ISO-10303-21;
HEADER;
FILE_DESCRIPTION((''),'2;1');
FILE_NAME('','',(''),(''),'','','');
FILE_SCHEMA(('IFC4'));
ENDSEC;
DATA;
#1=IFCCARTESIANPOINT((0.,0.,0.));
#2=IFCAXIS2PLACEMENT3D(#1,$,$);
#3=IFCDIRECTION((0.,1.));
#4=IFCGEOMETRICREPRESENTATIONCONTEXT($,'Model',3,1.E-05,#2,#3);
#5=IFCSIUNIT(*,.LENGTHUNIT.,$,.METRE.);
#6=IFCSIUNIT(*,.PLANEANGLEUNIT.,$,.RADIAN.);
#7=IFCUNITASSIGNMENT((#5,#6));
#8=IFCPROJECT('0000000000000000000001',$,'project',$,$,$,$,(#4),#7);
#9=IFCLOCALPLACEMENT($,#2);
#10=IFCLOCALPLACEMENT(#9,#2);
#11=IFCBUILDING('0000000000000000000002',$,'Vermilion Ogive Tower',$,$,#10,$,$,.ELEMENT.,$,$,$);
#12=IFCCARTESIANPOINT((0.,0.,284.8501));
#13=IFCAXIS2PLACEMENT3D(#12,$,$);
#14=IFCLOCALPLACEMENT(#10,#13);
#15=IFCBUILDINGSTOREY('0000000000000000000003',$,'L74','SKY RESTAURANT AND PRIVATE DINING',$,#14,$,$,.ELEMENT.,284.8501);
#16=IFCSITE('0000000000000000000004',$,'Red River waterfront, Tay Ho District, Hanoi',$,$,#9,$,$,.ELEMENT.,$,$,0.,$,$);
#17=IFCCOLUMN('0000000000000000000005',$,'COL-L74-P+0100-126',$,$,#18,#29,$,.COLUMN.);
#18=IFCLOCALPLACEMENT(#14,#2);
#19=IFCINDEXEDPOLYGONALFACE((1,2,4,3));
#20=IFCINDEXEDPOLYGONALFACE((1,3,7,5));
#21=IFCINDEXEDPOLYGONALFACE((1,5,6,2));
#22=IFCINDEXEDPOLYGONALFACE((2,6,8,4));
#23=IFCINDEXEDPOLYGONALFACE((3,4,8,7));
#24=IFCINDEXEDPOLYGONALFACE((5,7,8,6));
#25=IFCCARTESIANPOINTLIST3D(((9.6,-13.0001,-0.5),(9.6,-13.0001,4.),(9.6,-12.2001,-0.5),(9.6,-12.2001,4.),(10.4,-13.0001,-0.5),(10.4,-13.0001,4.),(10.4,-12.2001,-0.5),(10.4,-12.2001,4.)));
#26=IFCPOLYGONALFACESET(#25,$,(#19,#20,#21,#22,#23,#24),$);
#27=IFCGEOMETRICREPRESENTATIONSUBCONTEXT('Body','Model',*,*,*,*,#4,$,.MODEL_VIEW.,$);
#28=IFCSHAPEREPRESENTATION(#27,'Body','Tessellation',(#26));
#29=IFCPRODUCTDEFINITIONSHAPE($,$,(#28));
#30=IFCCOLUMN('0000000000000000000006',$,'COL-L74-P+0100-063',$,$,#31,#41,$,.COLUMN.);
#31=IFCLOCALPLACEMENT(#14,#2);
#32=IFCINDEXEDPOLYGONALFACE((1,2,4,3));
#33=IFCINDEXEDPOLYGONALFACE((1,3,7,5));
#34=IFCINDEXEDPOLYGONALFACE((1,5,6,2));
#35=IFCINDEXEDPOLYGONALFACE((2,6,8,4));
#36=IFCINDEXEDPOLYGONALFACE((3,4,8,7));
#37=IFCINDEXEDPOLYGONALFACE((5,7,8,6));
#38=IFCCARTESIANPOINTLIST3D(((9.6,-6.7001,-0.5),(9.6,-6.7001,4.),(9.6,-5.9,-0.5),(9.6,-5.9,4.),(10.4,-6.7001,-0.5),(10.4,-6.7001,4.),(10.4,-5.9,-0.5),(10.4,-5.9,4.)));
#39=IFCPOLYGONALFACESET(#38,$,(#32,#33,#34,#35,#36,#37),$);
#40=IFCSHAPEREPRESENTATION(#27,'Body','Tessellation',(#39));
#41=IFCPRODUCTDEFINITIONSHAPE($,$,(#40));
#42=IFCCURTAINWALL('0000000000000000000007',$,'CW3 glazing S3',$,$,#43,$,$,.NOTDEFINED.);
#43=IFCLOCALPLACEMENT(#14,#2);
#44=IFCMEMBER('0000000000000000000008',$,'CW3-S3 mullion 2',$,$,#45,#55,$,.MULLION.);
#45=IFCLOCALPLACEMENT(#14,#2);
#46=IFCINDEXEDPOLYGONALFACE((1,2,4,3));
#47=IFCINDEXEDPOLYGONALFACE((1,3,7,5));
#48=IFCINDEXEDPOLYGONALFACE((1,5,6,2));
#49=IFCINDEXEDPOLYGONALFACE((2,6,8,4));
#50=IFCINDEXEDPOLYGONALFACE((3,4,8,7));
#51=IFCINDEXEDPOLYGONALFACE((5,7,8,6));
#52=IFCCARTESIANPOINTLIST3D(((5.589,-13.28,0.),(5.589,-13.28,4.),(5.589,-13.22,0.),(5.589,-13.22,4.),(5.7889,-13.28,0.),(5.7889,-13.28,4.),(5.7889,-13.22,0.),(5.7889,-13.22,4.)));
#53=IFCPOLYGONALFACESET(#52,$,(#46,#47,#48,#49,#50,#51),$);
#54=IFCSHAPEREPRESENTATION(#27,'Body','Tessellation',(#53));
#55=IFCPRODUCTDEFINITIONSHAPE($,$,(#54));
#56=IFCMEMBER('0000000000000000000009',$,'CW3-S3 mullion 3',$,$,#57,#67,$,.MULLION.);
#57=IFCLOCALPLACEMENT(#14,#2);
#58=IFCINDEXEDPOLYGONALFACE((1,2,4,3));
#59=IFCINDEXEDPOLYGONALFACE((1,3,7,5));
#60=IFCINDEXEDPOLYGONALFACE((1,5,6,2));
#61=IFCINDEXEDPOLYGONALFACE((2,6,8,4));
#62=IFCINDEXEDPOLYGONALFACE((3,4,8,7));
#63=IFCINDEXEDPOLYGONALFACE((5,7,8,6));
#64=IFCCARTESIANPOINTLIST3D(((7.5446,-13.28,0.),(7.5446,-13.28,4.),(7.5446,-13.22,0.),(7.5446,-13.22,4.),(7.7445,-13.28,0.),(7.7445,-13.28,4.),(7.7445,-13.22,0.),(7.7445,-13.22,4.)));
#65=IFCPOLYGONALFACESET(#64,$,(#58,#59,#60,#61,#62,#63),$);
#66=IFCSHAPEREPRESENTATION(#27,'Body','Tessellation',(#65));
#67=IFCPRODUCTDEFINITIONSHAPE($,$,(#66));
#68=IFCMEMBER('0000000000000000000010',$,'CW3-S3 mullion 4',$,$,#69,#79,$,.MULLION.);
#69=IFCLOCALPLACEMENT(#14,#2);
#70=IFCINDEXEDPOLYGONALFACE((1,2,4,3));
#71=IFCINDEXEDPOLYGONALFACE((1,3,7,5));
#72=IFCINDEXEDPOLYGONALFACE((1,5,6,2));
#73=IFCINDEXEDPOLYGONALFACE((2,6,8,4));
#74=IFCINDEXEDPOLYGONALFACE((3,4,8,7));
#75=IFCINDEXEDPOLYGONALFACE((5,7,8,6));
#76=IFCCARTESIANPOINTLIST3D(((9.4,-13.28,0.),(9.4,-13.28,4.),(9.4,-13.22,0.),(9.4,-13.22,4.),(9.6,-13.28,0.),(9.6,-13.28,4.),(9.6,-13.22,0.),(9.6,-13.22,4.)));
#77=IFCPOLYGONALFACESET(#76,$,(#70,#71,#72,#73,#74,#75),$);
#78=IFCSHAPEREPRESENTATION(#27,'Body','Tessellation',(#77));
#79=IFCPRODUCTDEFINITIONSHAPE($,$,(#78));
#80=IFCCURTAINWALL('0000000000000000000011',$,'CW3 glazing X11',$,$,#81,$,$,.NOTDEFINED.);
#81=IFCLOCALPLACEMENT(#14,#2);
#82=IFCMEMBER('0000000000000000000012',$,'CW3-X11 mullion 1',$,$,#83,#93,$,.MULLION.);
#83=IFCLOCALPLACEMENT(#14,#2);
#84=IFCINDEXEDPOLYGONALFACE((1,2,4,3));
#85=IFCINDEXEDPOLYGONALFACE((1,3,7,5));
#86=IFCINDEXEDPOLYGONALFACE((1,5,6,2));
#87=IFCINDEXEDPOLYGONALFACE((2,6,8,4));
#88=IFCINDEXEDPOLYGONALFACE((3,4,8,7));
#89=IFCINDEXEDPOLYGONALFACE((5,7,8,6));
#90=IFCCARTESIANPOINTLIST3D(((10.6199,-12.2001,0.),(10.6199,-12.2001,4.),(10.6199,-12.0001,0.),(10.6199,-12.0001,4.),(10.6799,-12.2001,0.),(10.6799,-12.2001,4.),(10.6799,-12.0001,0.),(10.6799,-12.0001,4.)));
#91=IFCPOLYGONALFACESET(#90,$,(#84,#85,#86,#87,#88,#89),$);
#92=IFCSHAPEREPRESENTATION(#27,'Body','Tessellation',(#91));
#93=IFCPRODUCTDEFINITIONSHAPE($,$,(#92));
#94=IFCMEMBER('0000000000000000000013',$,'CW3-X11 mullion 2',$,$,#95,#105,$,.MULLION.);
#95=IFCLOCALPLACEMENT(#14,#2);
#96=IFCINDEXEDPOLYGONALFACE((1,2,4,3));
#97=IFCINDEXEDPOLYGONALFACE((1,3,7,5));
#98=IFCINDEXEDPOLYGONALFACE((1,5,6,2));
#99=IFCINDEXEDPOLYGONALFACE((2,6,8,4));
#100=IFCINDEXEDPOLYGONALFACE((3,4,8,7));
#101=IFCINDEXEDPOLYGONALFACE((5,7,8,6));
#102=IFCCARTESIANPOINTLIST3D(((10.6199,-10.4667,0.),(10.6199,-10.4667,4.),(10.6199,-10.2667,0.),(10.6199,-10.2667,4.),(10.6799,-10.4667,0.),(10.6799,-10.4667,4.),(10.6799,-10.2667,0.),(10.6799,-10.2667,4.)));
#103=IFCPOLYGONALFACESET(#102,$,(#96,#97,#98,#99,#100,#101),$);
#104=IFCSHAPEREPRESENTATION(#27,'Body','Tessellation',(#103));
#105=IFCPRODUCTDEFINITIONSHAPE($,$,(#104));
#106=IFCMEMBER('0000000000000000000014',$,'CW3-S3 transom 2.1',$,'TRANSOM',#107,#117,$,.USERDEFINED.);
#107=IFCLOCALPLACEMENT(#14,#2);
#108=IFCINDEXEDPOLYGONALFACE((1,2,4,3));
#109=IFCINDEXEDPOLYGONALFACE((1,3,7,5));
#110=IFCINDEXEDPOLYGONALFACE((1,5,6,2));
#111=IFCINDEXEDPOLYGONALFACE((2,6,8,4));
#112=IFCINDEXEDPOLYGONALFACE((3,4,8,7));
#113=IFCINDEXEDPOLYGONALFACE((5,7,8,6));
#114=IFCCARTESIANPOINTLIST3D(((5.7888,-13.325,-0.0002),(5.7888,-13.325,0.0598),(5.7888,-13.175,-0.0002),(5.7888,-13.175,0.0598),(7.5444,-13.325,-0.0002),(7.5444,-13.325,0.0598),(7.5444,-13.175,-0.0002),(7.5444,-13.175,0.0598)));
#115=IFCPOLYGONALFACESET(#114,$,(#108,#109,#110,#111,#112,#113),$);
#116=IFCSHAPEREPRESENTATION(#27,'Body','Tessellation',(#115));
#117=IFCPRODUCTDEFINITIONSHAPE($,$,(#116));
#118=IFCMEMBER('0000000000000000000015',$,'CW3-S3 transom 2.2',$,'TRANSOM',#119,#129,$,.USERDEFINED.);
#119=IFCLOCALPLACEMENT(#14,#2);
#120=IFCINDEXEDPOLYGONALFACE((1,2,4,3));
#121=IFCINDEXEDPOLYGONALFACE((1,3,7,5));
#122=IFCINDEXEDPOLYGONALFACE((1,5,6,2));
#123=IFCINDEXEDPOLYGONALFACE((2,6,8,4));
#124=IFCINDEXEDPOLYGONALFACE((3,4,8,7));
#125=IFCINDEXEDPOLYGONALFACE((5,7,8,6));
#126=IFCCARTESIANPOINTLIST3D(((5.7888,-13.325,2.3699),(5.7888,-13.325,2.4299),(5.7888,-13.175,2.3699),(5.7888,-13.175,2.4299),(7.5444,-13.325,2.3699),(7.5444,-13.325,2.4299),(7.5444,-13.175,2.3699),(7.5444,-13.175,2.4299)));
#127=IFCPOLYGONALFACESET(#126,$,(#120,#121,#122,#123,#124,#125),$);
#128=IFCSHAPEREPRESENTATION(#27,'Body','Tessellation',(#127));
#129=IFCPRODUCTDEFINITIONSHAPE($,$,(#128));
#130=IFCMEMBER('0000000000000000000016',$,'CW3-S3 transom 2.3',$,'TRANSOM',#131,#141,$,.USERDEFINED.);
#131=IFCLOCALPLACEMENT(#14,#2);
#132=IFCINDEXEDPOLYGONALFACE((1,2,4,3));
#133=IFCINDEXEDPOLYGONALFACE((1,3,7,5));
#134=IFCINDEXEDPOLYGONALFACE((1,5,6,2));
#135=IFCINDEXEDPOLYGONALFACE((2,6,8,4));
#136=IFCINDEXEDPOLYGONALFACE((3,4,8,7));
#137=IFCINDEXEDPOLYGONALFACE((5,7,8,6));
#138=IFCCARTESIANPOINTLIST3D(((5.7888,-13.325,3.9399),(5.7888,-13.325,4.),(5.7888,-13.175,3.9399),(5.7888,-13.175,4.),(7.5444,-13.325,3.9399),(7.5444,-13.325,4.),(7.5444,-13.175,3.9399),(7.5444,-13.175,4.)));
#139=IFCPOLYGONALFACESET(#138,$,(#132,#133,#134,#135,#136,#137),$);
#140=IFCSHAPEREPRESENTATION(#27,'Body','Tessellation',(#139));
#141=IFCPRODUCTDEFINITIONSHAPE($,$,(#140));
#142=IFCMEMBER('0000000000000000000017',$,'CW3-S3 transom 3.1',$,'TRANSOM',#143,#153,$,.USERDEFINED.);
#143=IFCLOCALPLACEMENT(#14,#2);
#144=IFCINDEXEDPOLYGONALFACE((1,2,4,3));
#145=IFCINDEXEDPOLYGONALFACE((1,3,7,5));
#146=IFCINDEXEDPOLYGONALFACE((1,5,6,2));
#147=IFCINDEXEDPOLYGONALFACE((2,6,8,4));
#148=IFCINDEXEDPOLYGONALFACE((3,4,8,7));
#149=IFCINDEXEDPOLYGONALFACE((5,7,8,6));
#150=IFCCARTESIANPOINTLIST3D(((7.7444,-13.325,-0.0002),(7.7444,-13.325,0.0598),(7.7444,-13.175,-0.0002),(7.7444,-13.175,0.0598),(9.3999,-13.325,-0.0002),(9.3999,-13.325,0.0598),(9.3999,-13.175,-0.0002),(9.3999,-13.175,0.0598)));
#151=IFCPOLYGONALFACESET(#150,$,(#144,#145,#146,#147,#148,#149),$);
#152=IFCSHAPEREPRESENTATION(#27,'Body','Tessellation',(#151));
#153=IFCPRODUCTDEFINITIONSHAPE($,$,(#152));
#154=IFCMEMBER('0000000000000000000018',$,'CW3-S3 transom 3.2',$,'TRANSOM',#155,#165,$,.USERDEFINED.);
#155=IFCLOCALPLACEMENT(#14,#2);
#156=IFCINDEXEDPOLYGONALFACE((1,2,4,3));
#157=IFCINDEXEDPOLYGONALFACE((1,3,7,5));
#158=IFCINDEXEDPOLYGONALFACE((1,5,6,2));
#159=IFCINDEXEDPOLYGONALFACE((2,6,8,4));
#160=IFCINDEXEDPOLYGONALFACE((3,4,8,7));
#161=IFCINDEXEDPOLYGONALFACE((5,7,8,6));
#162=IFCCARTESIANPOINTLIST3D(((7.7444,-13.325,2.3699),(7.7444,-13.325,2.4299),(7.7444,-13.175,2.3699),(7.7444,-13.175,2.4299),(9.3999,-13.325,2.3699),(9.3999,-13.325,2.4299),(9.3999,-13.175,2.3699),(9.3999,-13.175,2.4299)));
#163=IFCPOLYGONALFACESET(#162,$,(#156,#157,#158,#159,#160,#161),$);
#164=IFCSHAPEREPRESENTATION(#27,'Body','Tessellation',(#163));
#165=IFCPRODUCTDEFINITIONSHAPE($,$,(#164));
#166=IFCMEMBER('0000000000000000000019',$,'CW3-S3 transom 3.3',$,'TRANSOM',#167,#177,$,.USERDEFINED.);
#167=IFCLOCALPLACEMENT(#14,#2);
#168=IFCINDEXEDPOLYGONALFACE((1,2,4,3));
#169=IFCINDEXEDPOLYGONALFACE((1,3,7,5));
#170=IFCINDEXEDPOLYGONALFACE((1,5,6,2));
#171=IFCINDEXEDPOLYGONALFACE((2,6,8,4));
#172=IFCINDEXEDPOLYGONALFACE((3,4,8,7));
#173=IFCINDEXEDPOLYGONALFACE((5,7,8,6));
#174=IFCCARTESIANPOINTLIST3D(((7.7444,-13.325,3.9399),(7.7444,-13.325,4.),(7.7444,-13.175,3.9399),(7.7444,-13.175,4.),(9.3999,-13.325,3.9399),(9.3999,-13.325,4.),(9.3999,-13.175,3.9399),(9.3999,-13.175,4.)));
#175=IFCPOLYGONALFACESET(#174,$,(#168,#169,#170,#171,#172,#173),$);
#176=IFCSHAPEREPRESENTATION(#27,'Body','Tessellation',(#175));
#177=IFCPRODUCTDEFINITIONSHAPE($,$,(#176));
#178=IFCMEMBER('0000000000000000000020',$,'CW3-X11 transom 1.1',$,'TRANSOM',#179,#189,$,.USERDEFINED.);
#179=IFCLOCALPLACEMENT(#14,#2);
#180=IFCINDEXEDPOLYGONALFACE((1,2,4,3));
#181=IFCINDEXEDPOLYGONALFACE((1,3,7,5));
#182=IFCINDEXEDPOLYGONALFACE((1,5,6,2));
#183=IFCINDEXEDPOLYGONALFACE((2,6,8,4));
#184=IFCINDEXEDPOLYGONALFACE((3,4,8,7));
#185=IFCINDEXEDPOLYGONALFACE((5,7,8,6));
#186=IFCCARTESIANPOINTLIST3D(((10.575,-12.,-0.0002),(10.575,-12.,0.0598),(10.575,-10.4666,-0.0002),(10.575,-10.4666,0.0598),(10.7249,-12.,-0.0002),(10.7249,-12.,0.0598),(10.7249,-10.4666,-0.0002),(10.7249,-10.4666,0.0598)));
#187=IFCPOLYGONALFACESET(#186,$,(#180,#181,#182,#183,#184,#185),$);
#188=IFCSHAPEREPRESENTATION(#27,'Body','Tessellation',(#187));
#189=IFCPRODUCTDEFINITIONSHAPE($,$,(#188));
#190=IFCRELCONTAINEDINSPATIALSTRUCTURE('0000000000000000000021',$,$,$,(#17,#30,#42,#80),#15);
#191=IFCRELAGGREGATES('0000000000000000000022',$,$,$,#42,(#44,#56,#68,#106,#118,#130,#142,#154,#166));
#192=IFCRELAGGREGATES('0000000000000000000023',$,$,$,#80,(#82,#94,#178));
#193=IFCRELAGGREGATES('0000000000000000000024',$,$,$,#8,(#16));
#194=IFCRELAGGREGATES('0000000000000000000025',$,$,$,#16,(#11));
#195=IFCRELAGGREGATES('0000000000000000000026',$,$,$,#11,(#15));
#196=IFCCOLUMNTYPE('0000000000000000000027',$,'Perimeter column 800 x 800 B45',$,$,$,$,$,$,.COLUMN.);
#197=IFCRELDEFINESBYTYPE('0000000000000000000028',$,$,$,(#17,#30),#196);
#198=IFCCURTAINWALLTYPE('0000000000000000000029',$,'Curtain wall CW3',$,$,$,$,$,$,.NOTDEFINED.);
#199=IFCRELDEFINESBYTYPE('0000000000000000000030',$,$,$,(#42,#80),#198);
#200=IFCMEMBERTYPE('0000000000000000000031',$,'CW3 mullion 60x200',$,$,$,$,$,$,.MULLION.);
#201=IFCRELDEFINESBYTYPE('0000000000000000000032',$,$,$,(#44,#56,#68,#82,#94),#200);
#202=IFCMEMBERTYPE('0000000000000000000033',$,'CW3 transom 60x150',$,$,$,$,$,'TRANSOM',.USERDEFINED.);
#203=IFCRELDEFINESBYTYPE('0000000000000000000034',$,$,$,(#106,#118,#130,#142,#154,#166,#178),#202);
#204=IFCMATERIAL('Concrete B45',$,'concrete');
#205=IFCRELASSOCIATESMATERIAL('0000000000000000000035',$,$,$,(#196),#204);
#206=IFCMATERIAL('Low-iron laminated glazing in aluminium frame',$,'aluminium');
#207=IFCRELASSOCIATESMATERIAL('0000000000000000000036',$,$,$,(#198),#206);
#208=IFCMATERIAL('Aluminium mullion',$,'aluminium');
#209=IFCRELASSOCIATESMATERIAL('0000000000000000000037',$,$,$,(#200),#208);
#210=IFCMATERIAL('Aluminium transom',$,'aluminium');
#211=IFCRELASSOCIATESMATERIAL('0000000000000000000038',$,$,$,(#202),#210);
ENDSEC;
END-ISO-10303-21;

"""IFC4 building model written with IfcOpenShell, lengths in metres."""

from ifc_helpers import new_model, si_unit, direction, frame, origin, origin_2d, place, context, subcontext, project, spatial, rectangle, extrude, material, material_profile, profile_set, type_object, element, aggregate, save


model = new_model("IFC4")

# Units and contexts
model_context = context("Model", 3, precision=1e-05, world=origin(), true_north=direction((0.0, 1.0)))
body_context = subcontext(model_context, "Body", "Model", "MODEL_VIEW")
ifc_project = project(units=[si_unit("LENGTHUNIT", "METRE"), si_unit("PLANEANGLEUNIT", "RADIAN")], contexts=[model_context])

# Site, building, storey
site_placement = place(None, origin())
site = spatial("IfcSite", under=ifc_project, at=site_placement, Name="Red River waterfront, Tay Ho District, Hanoi", CompositionType="ELEMENT", RefElevation=0.0)
building_placement = place(site_placement, origin())
building = spatial("IfcBuilding", under=site, at=building_placement, Name="Vermilion Ogive Tower", CompositionType="ELEMENT")
storey_placement = place(building_placement, frame((0.0, 0.0, 284.8501)))
storey = spatial("IfcBuildingStorey", under=building, at=storey_placement, Name="L74", Description="SKY RESTAURANT AND PRIVATE DINING", CompositionType="ELEMENT", Elevation=284.8501)

# Columns
ifc_material_1 = material(Name="Concrete B45", Category="concrete")
ifc_material_profile_1 = material_profile(ifc_material_1, rectangle(XDim=0.8, YDim=0.8, at=origin_2d()), Name="800 x 800")
ifc_profile_set_1 = profile_set([ifc_material_profile_1], Name="Concrete B45")
column_type = type_object("IfcColumnType", Name="Perimeter column 800 x 800 B45", PredefinedType="COLUMN", material=ifc_profile_set_1)
for number, where, z_axis, x_axis, name in (
    (1, (10.0, -12.6001, -0.5), (0.0, 0.0, 1.0), (1.0, 0.0, 0.0), "COL-L74-P+0100-126"),
    (2, (10.0, -6.3, -0.5), (0.0, 0.0, 1.0), (1.0, 0.0, 0.0), "COL-L74-P+0100-063"),
):
    element("IfcColumn", number, at=place(storey_placement, frame(where, z_axis=z_axis, x_axis=x_axis)), inside=storey, type_object=column_type, Name=name, PredefinedType="COLUMN", context=body_context, shape_type="SweptSolid", body=[
        extrude(rectangle(XDim=0.8, YDim=0.8, at=origin_2d()), origin(), (0.0, 0.0, 1.0), 4.5),
    ])

# Curtain walls, members
ifc_material_2 = material(Name="Low-iron laminated glazing in aluminium frame", Category="aluminium")
curtain_wall_type = type_object("IfcCurtainWallType", Name="Curtain wall CW3", PredefinedType="NOTDEFINED", material=ifc_material_2)
curtain_wall_1_placement = place(storey_placement, origin())
curtain_wall_1 = element("IfcCurtainWall", 3, at=curtain_wall_1_placement, inside=storey, type_object=curtain_wall_type, Name="CW3 glazing S3", PredefinedType="NOTDEFINED")
ifc_material_3 = material(Name="Aluminium mullion", Category="aluminium")
ifc_material_profile_2 = material_profile(ifc_material_3, rectangle(XDim=0.0601, YDim=0.2, at=origin_2d()), Name="AL 60x200")
ifc_profile_set_2 = profile_set([ifc_material_profile_2], Name="Aluminium mullion")
member_type_1 = type_object("IfcMemberType", Name="CW3 mullion 60x200", PredefinedType="MULLION", material=ifc_profile_set_2)
member_1_placement = place(storey_placement, frame((5.689, -13.25, 0.0), z_axis=(0.0, 0.0, 1.0), x_axis=(0.0, 1.0, 0.0)))
member_1 = element("IfcMember", 4, at=member_1_placement, type_object=member_type_1, Name="CW3-S3 mullion 2", PredefinedType="MULLION", context=body_context, shape_type="SweptSolid", body=[
    extrude(rectangle(XDim=0.0601, YDim=0.2, at=origin_2d()), origin(), (0.0, 0.0, 1.0), 4.0),
])
member_2_placement = place(storey_placement, frame((7.6445, -13.25, 0.0), z_axis=(0.0, 0.0, 1.0), x_axis=(0.0, 1.0, 0.0)))
member_2 = element("IfcMember", 5, at=member_2_placement, type_object=member_type_1, Name="CW3-S3 mullion 3", PredefinedType="MULLION", context=body_context, shape_type="SweptSolid", body=[
    extrude(rectangle(XDim=0.0601, YDim=0.2, at=origin_2d()), origin(), (0.0, 0.0, 1.0), 4.0),
])
member_3_placement = place(storey_placement, frame((9.5, -13.25, 0.0), z_axis=(0.0, 0.0, 1.0), x_axis=(0.0, 1.0, 0.0)))
member_3 = element("IfcMember", 6, at=member_3_placement, type_object=member_type_1, Name="CW3-S3 mullion 4", PredefinedType="MULLION", context=body_context, shape_type="SweptSolid", body=[
    extrude(rectangle(XDim=0.0601, YDim=0.2, at=origin_2d()), origin(), (0.0, 0.0, 1.0), 4.0),
])
curtain_wall_2_placement = place(storey_placement, origin())
curtain_wall_2 = element("IfcCurtainWall", 7, at=curtain_wall_2_placement, inside=storey, type_object=curtain_wall_type, Name="CW3 glazing X11", PredefinedType="NOTDEFINED")
member_4_placement = place(storey_placement, frame((10.6499, -12.1001, 0.0), z_axis=(0.0, 0.0, 1.0), x_axis=(-1.0, 0.0, 0.0)))
member_4 = element("IfcMember", 8, at=member_4_placement, type_object=member_type_1, Name="CW3-X11 mullion 1", PredefinedType="MULLION", context=body_context, shape_type="SweptSolid", body=[
    extrude(rectangle(XDim=0.0601, YDim=0.2, at=origin_2d()), origin(), (0.0, 0.0, 1.0), 4.0),
])
member_5_placement = place(storey_placement, frame((10.6499, -10.3667, 0.0), z_axis=(0.0, 0.0, 1.0), x_axis=(-1.0, 0.0, 0.0)))
member_5 = element("IfcMember", 9, at=member_5_placement, type_object=member_type_1, Name="CW3-X11 mullion 2", PredefinedType="MULLION", context=body_context, shape_type="SweptSolid", body=[
    extrude(rectangle(XDim=0.0601, YDim=0.2, at=origin_2d()), origin(), (0.0, 0.0, 1.0), 4.0),
])

# Members
ifc_material_4 = material(Name="Aluminium transom", Category="aluminium")
ifc_material_profile_3 = material_profile(ifc_material_4, rectangle(XDim=0.1499, YDim=0.0601, at=origin_2d()), Name="AL 60x150")
ifc_profile_set_3 = profile_set([ifc_material_profile_3], Name="Aluminium transom")
member_type_2 = type_object("IfcMemberType", Name="CW3 transom 60x150", ElementType="TRANSOM", PredefinedType="USERDEFINED", material=ifc_profile_set_3)
member_6_placement = place(storey_placement, frame((5.7888, -13.25, 0.0298), z_axis=(1.0, 0.0, 0.0), x_axis=(0.0, 1.0, 0.0)))
member_6 = element("IfcMember", 10, at=member_6_placement, type_object=member_type_2, Name="CW3-S3 transom 2.1", ObjectType="TRANSOM", PredefinedType="USERDEFINED", context=body_context, shape_type="SweptSolid", body=[
    extrude(rectangle(XDim=0.1499, YDim=0.0601, at=origin_2d()), origin(), (0.0, 0.0, 1.0), 1.7556),
])
member_7_placement = place(storey_placement, frame((5.7888, -13.25, 2.3999), z_axis=(1.0, 0.0, 0.0), x_axis=(0.0, 1.0, 0.0)))
member_7 = element("IfcMember", 11, at=member_7_placement, type_object=member_type_2, Name="CW3-S3 transom 2.2", ObjectType="TRANSOM", PredefinedType="USERDEFINED", context=body_context, shape_type="SweptSolid", body=[
    extrude(rectangle(XDim=0.1499, YDim=0.0601, at=origin_2d()), origin(), (0.0, 0.0, 1.0), 1.7556),
])
member_8_placement = place(storey_placement, frame((5.7888, -13.25, 3.97), z_axis=(1.0, 0.0, 0.0), x_axis=(0.0, 1.0, 0.0)))
member_8 = element("IfcMember", 12, at=member_8_placement, type_object=member_type_2, Name="CW3-S3 transom 2.3", ObjectType="TRANSOM", PredefinedType="USERDEFINED", context=body_context, shape_type="SweptSolid", body=[
    extrude(rectangle(XDim=0.1499, YDim=0.0601, at=origin_2d()), origin(), (0.0, 0.0, 1.0), 1.7556),
])
member_9_placement = place(storey_placement, frame((7.7444, -13.25, 0.0298), z_axis=(1.0, 0.0, 0.0), x_axis=(0.0, 1.0, 0.0)))
member_9 = element("IfcMember", 13, at=member_9_placement, type_object=member_type_2, Name="CW3-S3 transom 3.1", ObjectType="TRANSOM", PredefinedType="USERDEFINED", context=body_context, shape_type="SweptSolid", body=[
    extrude(rectangle(XDim=0.1499, YDim=0.0601, at=origin_2d()), origin(), (0.0, 0.0, 1.0), 1.6555),
])
member_10_placement = place(storey_placement, frame((7.7444, -13.25, 2.3999), z_axis=(1.0, 0.0, 0.0), x_axis=(0.0, 1.0, 0.0)))
member_10 = element("IfcMember", 14, at=member_10_placement, type_object=member_type_2, Name="CW3-S3 transom 3.2", ObjectType="TRANSOM", PredefinedType="USERDEFINED", context=body_context, shape_type="SweptSolid", body=[
    extrude(rectangle(XDim=0.1499, YDim=0.0601, at=origin_2d()), origin(), (0.0, 0.0, 1.0), 1.6555),
])
member_11_placement = place(storey_placement, frame((7.7444, -13.25, 3.97), z_axis=(1.0, 0.0, 0.0), x_axis=(0.0, 1.0, 0.0)))
member_11 = element("IfcMember", 15, at=member_11_placement, type_object=member_type_2, Name="CW3-S3 transom 3.3", ObjectType="TRANSOM", PredefinedType="USERDEFINED", context=body_context, shape_type="SweptSolid", body=[
    extrude(rectangle(XDim=0.1499, YDim=0.0601, at=origin_2d()), origin(), (0.0, 0.0, 1.0), 1.6555),
])
member_12_placement = place(storey_placement, frame((10.6499, -12.0, 0.0298), z_axis=(0.0, 1.0, 0.0), x_axis=(-1.0, 0.0, 0.0)))
member_12 = element("IfcMember", 16, at=member_12_placement, type_object=member_type_2, Name="CW3-X11 transom 1.1", ObjectType="TRANSOM", PredefinedType="USERDEFINED", context=body_context, shape_type="SweptSolid", body=[
    extrude(rectangle(XDim=0.1499, YDim=0.0601, at=origin_2d()), origin(), (0.0, 0.0, 1.0), 1.5334),
])

aggregate(curtain_wall_1, [member_1, member_2, member_3, member_6, member_7, member_8, member_9, member_10, member_11])
aggregate(curtain_wall_2, [member_4, member_5, member_12])

save(model, "model.ifc")
